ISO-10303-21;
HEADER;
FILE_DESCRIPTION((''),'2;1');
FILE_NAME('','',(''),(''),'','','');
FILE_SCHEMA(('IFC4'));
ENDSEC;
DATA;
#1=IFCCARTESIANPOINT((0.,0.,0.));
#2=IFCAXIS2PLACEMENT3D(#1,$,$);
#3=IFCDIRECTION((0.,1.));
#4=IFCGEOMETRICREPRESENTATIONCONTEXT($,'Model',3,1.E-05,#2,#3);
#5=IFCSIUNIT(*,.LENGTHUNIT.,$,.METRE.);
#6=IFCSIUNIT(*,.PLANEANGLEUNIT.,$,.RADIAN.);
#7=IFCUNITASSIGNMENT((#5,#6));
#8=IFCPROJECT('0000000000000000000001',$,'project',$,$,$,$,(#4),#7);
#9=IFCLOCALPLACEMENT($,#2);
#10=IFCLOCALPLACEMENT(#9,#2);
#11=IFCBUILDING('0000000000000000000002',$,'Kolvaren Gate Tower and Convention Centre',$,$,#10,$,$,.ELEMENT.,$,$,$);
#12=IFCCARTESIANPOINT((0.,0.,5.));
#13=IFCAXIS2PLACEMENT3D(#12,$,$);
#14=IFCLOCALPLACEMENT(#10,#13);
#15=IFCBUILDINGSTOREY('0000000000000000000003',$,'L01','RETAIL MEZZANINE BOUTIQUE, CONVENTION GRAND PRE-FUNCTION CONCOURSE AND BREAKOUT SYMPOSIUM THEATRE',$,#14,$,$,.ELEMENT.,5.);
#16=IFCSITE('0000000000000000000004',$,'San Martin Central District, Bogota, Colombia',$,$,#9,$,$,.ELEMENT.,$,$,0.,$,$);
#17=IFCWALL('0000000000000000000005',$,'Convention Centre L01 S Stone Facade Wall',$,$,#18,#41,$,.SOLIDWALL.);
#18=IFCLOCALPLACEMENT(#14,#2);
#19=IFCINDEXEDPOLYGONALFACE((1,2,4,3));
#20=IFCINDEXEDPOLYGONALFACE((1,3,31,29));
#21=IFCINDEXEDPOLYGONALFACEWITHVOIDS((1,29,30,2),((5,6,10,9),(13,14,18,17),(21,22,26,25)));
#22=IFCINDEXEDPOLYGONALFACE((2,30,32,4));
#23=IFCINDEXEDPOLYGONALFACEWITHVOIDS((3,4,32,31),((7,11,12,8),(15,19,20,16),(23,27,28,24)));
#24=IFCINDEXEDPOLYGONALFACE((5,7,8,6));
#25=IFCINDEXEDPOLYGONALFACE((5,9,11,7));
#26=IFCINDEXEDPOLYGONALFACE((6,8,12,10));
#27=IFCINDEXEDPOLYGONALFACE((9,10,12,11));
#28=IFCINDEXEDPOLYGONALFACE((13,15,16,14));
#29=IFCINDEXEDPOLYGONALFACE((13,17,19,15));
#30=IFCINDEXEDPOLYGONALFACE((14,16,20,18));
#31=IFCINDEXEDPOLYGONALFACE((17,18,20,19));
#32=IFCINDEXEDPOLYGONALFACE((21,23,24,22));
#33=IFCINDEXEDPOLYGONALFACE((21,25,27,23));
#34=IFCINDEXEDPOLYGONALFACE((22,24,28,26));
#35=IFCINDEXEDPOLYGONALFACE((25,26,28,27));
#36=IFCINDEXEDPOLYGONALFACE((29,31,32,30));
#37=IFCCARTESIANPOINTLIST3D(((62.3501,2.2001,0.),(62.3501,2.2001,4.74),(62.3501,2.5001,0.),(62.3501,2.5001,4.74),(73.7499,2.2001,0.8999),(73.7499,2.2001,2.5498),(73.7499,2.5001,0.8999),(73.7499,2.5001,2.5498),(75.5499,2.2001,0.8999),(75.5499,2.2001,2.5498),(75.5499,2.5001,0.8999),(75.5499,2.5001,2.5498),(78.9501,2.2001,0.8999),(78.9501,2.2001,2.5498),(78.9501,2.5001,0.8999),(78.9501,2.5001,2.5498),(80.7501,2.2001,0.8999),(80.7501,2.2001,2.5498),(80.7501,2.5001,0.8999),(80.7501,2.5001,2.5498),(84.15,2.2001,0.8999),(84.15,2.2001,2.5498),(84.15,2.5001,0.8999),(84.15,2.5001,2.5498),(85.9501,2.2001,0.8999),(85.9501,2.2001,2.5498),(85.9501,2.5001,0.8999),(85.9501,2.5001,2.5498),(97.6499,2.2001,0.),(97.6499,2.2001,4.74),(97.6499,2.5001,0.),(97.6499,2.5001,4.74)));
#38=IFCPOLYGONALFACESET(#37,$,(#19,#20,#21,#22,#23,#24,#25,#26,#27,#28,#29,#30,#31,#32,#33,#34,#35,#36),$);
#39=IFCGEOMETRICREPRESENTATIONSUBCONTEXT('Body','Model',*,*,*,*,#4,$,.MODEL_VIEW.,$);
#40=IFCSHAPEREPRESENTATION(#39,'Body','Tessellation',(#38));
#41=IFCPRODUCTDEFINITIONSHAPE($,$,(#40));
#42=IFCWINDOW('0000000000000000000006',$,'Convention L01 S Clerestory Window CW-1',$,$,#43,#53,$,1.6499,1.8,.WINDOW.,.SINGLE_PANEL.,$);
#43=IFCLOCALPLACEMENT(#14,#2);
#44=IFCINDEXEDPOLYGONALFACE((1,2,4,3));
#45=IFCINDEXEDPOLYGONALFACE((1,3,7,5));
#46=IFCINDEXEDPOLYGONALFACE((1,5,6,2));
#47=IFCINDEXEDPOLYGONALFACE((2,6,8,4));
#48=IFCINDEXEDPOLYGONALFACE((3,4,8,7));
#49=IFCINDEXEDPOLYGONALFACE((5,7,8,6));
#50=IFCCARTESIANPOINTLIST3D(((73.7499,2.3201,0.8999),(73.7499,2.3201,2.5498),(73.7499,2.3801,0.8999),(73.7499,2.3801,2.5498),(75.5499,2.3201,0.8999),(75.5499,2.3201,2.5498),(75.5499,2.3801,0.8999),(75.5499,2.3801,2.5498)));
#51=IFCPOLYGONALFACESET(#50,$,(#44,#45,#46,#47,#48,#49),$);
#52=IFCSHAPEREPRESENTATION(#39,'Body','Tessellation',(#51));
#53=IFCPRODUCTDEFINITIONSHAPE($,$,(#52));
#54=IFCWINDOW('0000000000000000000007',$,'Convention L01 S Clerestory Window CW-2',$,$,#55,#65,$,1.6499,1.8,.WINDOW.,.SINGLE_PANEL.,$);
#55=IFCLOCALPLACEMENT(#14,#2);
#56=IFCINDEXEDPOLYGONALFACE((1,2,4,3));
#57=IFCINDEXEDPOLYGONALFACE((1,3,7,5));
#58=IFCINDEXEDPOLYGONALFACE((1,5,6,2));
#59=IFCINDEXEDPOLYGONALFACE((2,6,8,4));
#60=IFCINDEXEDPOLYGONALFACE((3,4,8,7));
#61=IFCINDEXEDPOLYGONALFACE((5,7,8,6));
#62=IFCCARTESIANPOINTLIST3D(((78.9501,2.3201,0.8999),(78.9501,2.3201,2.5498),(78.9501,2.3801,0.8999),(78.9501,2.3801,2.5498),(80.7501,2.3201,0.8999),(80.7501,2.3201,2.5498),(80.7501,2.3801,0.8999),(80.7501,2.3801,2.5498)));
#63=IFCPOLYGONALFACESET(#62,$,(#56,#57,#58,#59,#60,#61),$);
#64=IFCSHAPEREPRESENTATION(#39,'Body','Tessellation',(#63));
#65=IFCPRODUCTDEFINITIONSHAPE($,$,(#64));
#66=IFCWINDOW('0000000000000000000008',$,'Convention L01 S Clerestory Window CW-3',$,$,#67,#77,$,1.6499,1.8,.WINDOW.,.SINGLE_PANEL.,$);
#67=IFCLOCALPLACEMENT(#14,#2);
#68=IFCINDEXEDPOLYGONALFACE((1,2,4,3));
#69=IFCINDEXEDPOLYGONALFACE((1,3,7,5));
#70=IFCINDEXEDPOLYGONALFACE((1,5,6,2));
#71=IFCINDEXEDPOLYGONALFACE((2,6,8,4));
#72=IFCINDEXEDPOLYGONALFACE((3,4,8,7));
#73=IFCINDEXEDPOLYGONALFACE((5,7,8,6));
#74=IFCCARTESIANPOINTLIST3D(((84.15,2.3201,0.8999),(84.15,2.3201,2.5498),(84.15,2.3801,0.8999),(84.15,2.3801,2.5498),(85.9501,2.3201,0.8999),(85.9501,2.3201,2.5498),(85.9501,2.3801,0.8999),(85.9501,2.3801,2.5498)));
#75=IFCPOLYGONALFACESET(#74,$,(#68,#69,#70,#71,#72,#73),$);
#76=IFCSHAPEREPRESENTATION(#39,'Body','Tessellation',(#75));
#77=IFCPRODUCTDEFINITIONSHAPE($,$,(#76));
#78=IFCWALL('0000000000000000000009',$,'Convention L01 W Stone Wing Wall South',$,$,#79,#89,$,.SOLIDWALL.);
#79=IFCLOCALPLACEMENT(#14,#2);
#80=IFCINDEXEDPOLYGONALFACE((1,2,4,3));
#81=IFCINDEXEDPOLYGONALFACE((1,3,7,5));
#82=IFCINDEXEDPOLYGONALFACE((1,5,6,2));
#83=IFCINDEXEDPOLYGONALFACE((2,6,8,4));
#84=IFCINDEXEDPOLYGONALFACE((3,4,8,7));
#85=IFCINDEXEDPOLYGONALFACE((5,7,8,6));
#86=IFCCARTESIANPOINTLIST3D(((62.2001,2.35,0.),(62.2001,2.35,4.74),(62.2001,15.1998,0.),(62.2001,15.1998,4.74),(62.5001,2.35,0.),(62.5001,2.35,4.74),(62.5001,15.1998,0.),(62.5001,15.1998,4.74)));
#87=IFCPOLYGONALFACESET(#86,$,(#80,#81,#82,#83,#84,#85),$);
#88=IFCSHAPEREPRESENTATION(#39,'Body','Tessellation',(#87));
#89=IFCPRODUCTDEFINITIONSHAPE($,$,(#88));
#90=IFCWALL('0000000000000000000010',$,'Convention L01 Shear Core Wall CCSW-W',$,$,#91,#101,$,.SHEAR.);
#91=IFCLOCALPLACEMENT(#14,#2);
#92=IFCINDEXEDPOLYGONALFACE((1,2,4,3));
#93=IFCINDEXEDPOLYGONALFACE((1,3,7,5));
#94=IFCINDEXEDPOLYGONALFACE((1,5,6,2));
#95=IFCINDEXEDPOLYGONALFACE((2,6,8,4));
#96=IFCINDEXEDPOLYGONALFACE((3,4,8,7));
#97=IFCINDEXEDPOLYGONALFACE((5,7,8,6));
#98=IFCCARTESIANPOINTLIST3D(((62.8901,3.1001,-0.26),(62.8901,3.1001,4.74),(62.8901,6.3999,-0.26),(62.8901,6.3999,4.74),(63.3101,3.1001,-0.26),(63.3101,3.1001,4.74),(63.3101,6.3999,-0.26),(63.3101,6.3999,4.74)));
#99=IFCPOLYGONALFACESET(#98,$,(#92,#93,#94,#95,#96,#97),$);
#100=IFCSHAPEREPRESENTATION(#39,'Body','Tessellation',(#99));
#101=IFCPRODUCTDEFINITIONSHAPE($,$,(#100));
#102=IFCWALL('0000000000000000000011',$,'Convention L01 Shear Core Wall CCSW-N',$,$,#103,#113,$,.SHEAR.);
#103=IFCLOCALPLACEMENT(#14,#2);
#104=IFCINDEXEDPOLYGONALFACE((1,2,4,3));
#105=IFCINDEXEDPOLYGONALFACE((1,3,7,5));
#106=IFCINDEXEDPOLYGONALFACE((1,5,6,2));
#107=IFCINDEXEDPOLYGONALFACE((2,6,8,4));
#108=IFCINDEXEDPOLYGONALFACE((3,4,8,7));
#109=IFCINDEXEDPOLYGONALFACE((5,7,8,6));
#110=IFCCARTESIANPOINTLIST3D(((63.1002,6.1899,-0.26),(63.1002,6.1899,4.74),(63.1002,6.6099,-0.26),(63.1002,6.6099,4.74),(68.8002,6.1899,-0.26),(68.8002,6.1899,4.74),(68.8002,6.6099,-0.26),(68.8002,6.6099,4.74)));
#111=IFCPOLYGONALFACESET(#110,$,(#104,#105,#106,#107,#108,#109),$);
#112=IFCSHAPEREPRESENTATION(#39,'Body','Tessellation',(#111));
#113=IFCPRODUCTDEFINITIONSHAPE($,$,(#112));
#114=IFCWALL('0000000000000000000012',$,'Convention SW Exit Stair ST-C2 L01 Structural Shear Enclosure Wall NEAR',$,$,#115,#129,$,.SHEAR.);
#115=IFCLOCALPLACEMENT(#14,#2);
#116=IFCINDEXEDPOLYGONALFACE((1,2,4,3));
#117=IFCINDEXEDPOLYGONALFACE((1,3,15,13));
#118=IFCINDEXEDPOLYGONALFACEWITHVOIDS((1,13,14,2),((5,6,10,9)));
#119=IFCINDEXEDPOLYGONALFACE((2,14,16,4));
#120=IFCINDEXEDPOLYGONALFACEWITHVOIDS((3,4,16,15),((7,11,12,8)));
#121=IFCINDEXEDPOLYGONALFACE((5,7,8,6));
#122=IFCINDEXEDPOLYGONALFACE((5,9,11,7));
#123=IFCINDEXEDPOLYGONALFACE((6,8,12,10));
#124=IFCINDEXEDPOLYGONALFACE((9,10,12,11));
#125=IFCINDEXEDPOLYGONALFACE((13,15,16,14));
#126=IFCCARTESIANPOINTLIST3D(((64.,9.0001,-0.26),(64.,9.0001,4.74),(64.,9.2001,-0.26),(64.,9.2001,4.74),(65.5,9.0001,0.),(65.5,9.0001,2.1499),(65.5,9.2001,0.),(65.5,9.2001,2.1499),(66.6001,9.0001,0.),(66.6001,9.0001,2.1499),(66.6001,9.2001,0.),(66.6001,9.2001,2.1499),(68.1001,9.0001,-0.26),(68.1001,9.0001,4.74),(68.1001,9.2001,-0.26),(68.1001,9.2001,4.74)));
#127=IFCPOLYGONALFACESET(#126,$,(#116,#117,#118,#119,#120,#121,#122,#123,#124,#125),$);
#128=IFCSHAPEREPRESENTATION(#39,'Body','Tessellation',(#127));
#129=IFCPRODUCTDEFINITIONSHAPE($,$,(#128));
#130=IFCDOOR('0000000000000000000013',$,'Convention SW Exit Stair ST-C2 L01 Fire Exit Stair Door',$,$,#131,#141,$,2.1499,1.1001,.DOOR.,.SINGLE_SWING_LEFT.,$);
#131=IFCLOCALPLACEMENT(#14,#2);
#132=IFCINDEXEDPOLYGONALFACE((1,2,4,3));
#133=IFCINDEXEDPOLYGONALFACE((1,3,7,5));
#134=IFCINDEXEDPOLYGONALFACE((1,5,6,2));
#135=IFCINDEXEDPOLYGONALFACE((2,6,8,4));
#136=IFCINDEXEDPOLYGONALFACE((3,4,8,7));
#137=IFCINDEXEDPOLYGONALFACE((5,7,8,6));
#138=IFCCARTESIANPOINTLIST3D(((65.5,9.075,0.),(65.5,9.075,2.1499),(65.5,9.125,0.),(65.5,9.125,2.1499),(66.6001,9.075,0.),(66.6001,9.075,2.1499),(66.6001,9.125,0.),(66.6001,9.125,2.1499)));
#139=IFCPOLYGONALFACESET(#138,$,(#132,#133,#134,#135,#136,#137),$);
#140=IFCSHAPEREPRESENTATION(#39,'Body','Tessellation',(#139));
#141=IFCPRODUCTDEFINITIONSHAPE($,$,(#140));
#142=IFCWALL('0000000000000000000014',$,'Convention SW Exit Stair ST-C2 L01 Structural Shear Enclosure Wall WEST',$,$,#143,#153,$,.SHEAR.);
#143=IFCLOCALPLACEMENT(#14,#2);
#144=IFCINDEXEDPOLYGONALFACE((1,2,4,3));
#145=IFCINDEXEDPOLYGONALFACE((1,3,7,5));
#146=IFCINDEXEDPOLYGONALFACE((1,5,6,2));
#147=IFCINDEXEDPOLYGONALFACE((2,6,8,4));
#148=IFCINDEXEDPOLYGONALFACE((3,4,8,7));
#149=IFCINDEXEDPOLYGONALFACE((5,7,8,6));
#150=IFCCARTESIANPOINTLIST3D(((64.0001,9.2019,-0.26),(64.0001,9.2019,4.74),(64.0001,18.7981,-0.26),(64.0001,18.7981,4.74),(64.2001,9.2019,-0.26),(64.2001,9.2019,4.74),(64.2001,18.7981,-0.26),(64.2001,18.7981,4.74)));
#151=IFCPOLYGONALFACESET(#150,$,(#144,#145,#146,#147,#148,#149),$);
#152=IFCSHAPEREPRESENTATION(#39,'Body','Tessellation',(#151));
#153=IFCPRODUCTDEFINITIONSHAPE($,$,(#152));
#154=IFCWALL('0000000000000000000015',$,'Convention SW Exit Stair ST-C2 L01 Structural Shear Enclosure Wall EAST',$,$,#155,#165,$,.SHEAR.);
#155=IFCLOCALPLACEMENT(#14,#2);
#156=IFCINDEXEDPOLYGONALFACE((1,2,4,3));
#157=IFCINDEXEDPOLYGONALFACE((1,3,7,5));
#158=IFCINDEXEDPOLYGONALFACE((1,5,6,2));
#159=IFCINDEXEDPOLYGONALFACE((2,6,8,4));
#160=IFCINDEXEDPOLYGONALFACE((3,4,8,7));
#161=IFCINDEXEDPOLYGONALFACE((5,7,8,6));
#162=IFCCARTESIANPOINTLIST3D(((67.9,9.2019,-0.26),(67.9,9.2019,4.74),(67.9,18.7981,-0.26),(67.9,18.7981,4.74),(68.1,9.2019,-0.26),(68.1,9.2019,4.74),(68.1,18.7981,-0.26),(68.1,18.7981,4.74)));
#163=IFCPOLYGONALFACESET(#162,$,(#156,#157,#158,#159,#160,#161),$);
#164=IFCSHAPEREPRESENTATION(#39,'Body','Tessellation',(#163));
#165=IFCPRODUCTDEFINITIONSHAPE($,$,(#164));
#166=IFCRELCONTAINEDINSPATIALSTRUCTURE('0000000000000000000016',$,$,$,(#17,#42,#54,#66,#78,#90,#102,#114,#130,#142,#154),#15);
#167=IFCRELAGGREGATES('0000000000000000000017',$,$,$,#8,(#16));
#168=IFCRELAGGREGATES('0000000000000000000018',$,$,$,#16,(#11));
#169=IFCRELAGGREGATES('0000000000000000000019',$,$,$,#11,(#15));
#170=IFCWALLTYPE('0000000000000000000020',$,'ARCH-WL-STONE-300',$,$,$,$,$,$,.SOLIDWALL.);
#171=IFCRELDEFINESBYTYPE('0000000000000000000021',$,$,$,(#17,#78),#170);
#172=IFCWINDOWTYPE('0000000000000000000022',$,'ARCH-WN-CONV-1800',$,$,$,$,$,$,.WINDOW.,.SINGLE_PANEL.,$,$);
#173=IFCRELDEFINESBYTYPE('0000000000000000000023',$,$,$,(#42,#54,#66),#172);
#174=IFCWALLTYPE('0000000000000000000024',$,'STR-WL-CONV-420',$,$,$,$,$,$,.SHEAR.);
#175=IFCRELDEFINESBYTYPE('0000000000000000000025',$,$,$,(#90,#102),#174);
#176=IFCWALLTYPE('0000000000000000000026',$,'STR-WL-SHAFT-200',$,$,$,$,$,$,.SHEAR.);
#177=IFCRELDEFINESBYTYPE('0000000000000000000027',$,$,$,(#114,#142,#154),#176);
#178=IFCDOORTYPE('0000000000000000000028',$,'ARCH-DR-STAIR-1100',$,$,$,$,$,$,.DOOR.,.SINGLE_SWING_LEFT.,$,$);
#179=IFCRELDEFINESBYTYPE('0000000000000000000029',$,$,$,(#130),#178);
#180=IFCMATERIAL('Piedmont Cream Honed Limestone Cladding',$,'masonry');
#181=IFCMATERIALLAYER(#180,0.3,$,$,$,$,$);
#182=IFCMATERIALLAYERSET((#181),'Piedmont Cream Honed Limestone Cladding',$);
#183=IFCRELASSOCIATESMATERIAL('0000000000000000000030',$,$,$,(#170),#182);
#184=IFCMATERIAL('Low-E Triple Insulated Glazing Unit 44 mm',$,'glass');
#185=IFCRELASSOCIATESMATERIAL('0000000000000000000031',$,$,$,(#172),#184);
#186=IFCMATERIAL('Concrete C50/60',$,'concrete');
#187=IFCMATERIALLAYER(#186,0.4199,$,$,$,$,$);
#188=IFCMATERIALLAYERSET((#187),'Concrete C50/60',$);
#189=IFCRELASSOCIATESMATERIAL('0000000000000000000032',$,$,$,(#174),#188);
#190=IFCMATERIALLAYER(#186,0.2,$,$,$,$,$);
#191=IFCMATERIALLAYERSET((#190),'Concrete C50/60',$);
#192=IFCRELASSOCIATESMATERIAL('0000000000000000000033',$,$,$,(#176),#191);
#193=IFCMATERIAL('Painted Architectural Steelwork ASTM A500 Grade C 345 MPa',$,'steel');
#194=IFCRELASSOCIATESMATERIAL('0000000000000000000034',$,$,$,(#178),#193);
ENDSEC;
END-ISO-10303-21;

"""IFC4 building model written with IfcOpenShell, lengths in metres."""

from ifc_helpers import new_model, si_unit, direction, frame, frame_2d, origin, place, context, subcontext, project, spatial, rectangle, extrude, material, layer, layer_set, type_object, element, fill, save


model = new_model("IFC4")

# Units and contexts
model_context = context("Model", 3, precision=1e-05, world=origin(), true_north=direction((0.0, 1.0)))
body_context = subcontext(model_context, "Body", "Model", "MODEL_VIEW")
ifc_project = project(units=[si_unit("LENGTHUNIT", "METRE"), si_unit("PLANEANGLEUNIT", "RADIAN")], contexts=[model_context])

# Site, building, storey
site_placement = place(None, origin())
site = spatial("IfcSite", under=ifc_project, at=site_placement, Name="San Martin Central District, Bogota, Colombia", CompositionType="ELEMENT", RefElevation=0.0)
building_placement = place(site_placement, origin())
building = spatial("IfcBuilding", under=site, at=building_placement, Name="Kolvaren Gate Tower and Convention Centre", CompositionType="ELEMENT")
storey_placement = place(building_placement, frame((0.0, 0.0, 5.0)))
storey = spatial("IfcBuildingStorey", under=building, at=storey_placement, Name="L01", Description="RETAIL MEZZANINE BOUTIQUE, CONVENTION GRAND PRE-FUNCTION CONCOURSE AND BREAKOUT SYMPOSIUM THEATRE", CompositionType="ELEMENT", Elevation=5.0)

# Wall, openings, windows
ifc_material_1 = material(Name="Piedmont Cream Honed Limestone Cladding", Category="masonry")
ifc_layer_1 = layer(ifc_material_1, 0.3)
ifc_layer_set_1 = layer_set([ifc_layer_1], Name="Piedmont Cream Honed Limestone Cladding")
wall_type_1 = type_object("IfcWallType", Name="ARCH-WL-STONE-300", PredefinedType="SOLIDWALL", material=ifc_layer_set_1)
wall_1_placement = place(storey_placement, frame((62.3501, 2.3501, 0.0), z_axis=(0.0, 0.0, 1.0), x_axis=(1.0, 0.0, 0.0)))
wall_1 = element("IfcWall", 1, at=wall_1_placement, inside=storey, type_object=wall_type_1, Name="Convention Centre L01 S Stone Facade Wall", PredefinedType="SOLIDWALL", context=body_context, shape_type="SweptSolid", body=[
    extrude(rectangle(XDim=35.2998, YDim=0.3, at=frame_2d((17.6499, 0.0))), origin(), (0.0, 0.0, 1.0), 4.74),
])
opening_1_placement = place(wall_1_placement, frame((11.3999, 0.0, 0.8999)))
opening_1 = element("IfcOpeningElement", 2, at=opening_1_placement, cuts=wall_1, PredefinedType="OPENING", context=body_context, shape_type="SweptSolid", body=[
    extrude(rectangle(XDim=1.8, YDim=1.6499, at=frame_2d((0.8999, 0.825))), frame((0.0, 0.1599, 0.0), z_axis=(0.0, -1.0, 0.0), x_axis=(1.0, 0.0, 0.0)), (0.0, 0.0, 1.0), 0.3201),
])
opening_2_placement = place(wall_1_placement, frame((16.6001, 0.0, 0.8999)))
opening_2 = element("IfcOpeningElement", 3, at=opening_2_placement, cuts=wall_1, PredefinedType="OPENING", context=body_context, shape_type="SweptSolid", body=[
    extrude(rectangle(XDim=1.8, YDim=1.6499, at=frame_2d((0.8999, 0.825))), frame((0.0, 0.1599, 0.0), z_axis=(0.0, -1.0, 0.0), x_axis=(1.0, 0.0, 0.0)), (0.0, 0.0, 1.0), 0.3201),
])
opening_3_placement = place(wall_1_placement, frame((21.8, 0.0, 0.8999)))
opening_3 = element("IfcOpeningElement", 4, at=opening_3_placement, cuts=wall_1, PredefinedType="OPENING", context=body_context, shape_type="SweptSolid", body=[
    extrude(rectangle(XDim=1.8, YDim=1.6499, at=frame_2d((0.8999, 0.825))), frame((0.0, 0.1599, 0.0), z_axis=(0.0, -1.0, 0.0), x_axis=(1.0, 0.0, 0.0)), (0.0, 0.0, 1.0), 0.3201),
])
ifc_material_2 = material(Name="Low-E Triple Insulated Glazing Unit 44 mm", Category="glass")
window_type = type_object("IfcWindowType", Name="ARCH-WN-CONV-1800", PartitioningType="SINGLE_PANEL", PredefinedType="WINDOW", material=ifc_material_2)
window_1_placement = place(opening_1_placement, origin())
window_1 = element("IfcWindow", 5, at=window_1_placement, inside=storey, type_object=window_type, Name="Convention L01 S Clerestory Window CW-1", OverallHeight=1.6499, OverallWidth=1.8, PartitioningType="SINGLE_PANEL", PredefinedType="WINDOW", context=body_context, shape_type="SweptSolid", body=[
    extrude(rectangle(XDim=1.8, YDim=1.6499, at=frame_2d((0.8999, 0.825))), frame((0.0, 0.03, 0.0), z_axis=(0.0, -1.0, 0.0), x_axis=(1.0, 0.0, 0.0)), (0.0, 0.0, 1.0), 0.0601),
])
fill(opening_1, window_1)
window_2_placement = place(opening_2_placement, origin())
window_2 = element("IfcWindow", 6, at=window_2_placement, inside=storey, type_object=window_type, Name="Convention L01 S Clerestory Window CW-2", OverallHeight=1.6499, OverallWidth=1.8, PartitioningType="SINGLE_PANEL", PredefinedType="WINDOW", context=body_context, shape_type="SweptSolid", body=[
    extrude(rectangle(XDim=1.8, YDim=1.6499, at=frame_2d((0.8999, 0.825))), frame((0.0, 0.03, 0.0), z_axis=(0.0, -1.0, 0.0), x_axis=(1.0, 0.0, 0.0)), (0.0, 0.0, 1.0), 0.0601),
])
fill(opening_2, window_2)
window_3_placement = place(opening_3_placement, origin())
window_3 = element("IfcWindow", 7, at=window_3_placement, inside=storey, type_object=window_type, Name="Convention L01 S Clerestory Window CW-3", OverallHeight=1.6499, OverallWidth=1.8, PartitioningType="SINGLE_PANEL", PredefinedType="WINDOW", context=body_context, shape_type="SweptSolid", body=[
    extrude(rectangle(XDim=1.8, YDim=1.6499, at=frame_2d((0.8999, 0.825))), frame((0.0, 0.03, 0.0), z_axis=(0.0, -1.0, 0.0), x_axis=(1.0, 0.0, 0.0)), (0.0, 0.0, 1.0), 0.0601),
])
fill(opening_3, window_3)

# Walls
wall_2_placement = place(storey_placement, frame((62.3501, 2.3501, 0.0), z_axis=(0.0, 0.0, 1.0), x_axis=(0.0, 1.0, 0.0)))
element("IfcWall", 8, at=wall_2_placement, inside=storey, type_object=wall_type_1, Name="Convention L01 W Stone Wing Wall South", PredefinedType="SOLIDWALL", context=body_context, shape_type="SweptSolid", body=[
    extrude(rectangle(XDim=12.8499, YDim=0.3, at=frame_2d((6.4248, 0.0))), origin(), (0.0, 0.0, 1.0), 4.74),
])
ifc_material_3 = material(Name="Concrete C50/60", Category="concrete")
ifc_layer_2 = layer(ifc_material_3, 0.4199)
ifc_layer_set_2 = layer_set([ifc_layer_2], Name="Concrete C50/60")
wall_type_2 = type_object("IfcWallType", Name="STR-WL-CONV-420", PredefinedType="SHEAR", material=ifc_layer_set_2)
wall_3_placement = place(storey_placement, frame((63.1001, 3.1001, -0.26), z_axis=(0.0, 0.0, 1.0), x_axis=(0.0, 1.0, 0.0)))
element("IfcWall", 9, at=wall_3_placement, inside=storey, type_object=wall_type_2, Name="Convention L01 Shear Core Wall CCSW-W", PredefinedType="SHEAR", context=body_context, shape_type="SweptSolid", body=[
    extrude(rectangle(XDim=3.2998, YDim=0.4199, at=frame_2d((1.6499, 0.0))), origin(), (0.0, 0.0, 1.0), 5.0),
])
wall_4_placement = place(storey_placement, frame((63.1001, 6.3999, -0.26), z_axis=(0.0, 0.0, 1.0), x_axis=(1.0, 0.0, 0.0)))
element("IfcWall", 10, at=wall_4_placement, inside=storey, type_object=wall_type_2, Name="Convention L01 Shear Core Wall CCSW-N", PredefinedType="SHEAR", context=body_context, shape_type="SweptSolid", body=[
    extrude(rectangle(XDim=5.7, YDim=0.4199, at=frame_2d((2.8501, 0.0))), origin(), (0.0, 0.0, 1.0), 5.0),
])

# Wall, opening, door
ifc_layer_3 = layer(ifc_material_3, 0.2)
ifc_layer_set_3 = layer_set([ifc_layer_3], Name="Concrete C50/60")
wall_type_3 = type_object("IfcWallType", Name="STR-WL-SHAFT-200", PredefinedType="SHEAR", material=ifc_layer_set_3)
wall_5_placement = place(storey_placement, frame((64.0, 9.1001, -0.26), z_axis=(0.0, 0.0, 1.0), x_axis=(1.0, 0.0, 0.0)))
wall_5 = element("IfcWall", 11, at=wall_5_placement, inside=storey, type_object=wall_type_3, Name="Convention SW Exit Stair ST-C2 L01 Structural Shear Enclosure Wall NEAR", PredefinedType="SHEAR", context=body_context, shape_type="SweptSolid", body=[
    extrude(rectangle(XDim=4.1001, YDim=0.2, at=frame_2d((2.05, 0.0))), origin(), (0.0, 0.0, 1.0), 5.0),
])
opening_4_placement = place(wall_5_placement, frame((1.5, 0.0, 0.26)))
opening_4 = element("IfcOpeningElement", 12, at=opening_4_placement, cuts=wall_5, PredefinedType="OPENING", context=body_context, shape_type="SweptSolid", body=[
    extrude(rectangle(XDim=1.1001, YDim=2.1499, at=frame_2d((0.55, 1.075))), frame((0.0, 0.1099, 0.0), z_axis=(0.0, -1.0, 0.0), x_axis=(1.0, 0.0, 0.0)), (0.0, 0.0, 1.0), 0.22),
])
ifc_material_4 = material(Name="Painted Architectural Steelwork ASTM A500 Grade C 345 MPa", Category="steel")
door_type = type_object("IfcDoorType", Name="ARCH-DR-STAIR-1100", OperationType="SINGLE_SWING_LEFT", PredefinedType="DOOR", material=ifc_material_4)
door_placement = place(opening_4_placement, origin())
door = element("IfcDoor", 13, at=door_placement, inside=storey, type_object=door_type, Name="Convention SW Exit Stair ST-C2 L01 Fire Exit Stair Door", OperationType="SINGLE_SWING_LEFT", OverallHeight=2.1499, OverallWidth=1.1001, PredefinedType="DOOR", context=body_context, shape_type="SweptSolid", body=[
    extrude(rectangle(XDim=1.1001, YDim=2.1499, at=frame_2d((0.55, 1.075))), frame((0.0, 0.0249, 0.0), z_axis=(0.0, -1.0, 0.0), x_axis=(1.0, 0.0, 0.0)), (0.0, 0.0, 1.0), 0.05),
])
fill(opening_4, door)

# Walls
for number, where, z_axis, x_axis, name in (
    (14, (64.1001, 9.2019, -0.26), (0.0, 0.0, 1.0), (0.0, 1.0, 0.0), "Convention SW Exit Stair ST-C2 L01 Structural Shear Enclosure Wall WEST"),
    (15, (68.0, 9.2019, -0.26), (0.0, 0.0, 1.0), (0.0, 1.0, 0.0), "Convention SW Exit Stair ST-C2 L01 Structural Shear Enclosure Wall EAST"),
):
    element("IfcWall", number, at=place(storey_placement, frame(where, z_axis=z_axis, x_axis=x_axis)), inside=storey, type_object=wall_type_3, Name=name, PredefinedType="SHEAR", context=body_context, shape_type="SweptSolid", body=[
        extrude(rectangle(XDim=9.5962, YDim=0.2, at=frame_2d((4.7981, 0.0))), origin(), (0.0, 0.0, 1.0), 5.0),
    ])

save(model, "model.ifc")
